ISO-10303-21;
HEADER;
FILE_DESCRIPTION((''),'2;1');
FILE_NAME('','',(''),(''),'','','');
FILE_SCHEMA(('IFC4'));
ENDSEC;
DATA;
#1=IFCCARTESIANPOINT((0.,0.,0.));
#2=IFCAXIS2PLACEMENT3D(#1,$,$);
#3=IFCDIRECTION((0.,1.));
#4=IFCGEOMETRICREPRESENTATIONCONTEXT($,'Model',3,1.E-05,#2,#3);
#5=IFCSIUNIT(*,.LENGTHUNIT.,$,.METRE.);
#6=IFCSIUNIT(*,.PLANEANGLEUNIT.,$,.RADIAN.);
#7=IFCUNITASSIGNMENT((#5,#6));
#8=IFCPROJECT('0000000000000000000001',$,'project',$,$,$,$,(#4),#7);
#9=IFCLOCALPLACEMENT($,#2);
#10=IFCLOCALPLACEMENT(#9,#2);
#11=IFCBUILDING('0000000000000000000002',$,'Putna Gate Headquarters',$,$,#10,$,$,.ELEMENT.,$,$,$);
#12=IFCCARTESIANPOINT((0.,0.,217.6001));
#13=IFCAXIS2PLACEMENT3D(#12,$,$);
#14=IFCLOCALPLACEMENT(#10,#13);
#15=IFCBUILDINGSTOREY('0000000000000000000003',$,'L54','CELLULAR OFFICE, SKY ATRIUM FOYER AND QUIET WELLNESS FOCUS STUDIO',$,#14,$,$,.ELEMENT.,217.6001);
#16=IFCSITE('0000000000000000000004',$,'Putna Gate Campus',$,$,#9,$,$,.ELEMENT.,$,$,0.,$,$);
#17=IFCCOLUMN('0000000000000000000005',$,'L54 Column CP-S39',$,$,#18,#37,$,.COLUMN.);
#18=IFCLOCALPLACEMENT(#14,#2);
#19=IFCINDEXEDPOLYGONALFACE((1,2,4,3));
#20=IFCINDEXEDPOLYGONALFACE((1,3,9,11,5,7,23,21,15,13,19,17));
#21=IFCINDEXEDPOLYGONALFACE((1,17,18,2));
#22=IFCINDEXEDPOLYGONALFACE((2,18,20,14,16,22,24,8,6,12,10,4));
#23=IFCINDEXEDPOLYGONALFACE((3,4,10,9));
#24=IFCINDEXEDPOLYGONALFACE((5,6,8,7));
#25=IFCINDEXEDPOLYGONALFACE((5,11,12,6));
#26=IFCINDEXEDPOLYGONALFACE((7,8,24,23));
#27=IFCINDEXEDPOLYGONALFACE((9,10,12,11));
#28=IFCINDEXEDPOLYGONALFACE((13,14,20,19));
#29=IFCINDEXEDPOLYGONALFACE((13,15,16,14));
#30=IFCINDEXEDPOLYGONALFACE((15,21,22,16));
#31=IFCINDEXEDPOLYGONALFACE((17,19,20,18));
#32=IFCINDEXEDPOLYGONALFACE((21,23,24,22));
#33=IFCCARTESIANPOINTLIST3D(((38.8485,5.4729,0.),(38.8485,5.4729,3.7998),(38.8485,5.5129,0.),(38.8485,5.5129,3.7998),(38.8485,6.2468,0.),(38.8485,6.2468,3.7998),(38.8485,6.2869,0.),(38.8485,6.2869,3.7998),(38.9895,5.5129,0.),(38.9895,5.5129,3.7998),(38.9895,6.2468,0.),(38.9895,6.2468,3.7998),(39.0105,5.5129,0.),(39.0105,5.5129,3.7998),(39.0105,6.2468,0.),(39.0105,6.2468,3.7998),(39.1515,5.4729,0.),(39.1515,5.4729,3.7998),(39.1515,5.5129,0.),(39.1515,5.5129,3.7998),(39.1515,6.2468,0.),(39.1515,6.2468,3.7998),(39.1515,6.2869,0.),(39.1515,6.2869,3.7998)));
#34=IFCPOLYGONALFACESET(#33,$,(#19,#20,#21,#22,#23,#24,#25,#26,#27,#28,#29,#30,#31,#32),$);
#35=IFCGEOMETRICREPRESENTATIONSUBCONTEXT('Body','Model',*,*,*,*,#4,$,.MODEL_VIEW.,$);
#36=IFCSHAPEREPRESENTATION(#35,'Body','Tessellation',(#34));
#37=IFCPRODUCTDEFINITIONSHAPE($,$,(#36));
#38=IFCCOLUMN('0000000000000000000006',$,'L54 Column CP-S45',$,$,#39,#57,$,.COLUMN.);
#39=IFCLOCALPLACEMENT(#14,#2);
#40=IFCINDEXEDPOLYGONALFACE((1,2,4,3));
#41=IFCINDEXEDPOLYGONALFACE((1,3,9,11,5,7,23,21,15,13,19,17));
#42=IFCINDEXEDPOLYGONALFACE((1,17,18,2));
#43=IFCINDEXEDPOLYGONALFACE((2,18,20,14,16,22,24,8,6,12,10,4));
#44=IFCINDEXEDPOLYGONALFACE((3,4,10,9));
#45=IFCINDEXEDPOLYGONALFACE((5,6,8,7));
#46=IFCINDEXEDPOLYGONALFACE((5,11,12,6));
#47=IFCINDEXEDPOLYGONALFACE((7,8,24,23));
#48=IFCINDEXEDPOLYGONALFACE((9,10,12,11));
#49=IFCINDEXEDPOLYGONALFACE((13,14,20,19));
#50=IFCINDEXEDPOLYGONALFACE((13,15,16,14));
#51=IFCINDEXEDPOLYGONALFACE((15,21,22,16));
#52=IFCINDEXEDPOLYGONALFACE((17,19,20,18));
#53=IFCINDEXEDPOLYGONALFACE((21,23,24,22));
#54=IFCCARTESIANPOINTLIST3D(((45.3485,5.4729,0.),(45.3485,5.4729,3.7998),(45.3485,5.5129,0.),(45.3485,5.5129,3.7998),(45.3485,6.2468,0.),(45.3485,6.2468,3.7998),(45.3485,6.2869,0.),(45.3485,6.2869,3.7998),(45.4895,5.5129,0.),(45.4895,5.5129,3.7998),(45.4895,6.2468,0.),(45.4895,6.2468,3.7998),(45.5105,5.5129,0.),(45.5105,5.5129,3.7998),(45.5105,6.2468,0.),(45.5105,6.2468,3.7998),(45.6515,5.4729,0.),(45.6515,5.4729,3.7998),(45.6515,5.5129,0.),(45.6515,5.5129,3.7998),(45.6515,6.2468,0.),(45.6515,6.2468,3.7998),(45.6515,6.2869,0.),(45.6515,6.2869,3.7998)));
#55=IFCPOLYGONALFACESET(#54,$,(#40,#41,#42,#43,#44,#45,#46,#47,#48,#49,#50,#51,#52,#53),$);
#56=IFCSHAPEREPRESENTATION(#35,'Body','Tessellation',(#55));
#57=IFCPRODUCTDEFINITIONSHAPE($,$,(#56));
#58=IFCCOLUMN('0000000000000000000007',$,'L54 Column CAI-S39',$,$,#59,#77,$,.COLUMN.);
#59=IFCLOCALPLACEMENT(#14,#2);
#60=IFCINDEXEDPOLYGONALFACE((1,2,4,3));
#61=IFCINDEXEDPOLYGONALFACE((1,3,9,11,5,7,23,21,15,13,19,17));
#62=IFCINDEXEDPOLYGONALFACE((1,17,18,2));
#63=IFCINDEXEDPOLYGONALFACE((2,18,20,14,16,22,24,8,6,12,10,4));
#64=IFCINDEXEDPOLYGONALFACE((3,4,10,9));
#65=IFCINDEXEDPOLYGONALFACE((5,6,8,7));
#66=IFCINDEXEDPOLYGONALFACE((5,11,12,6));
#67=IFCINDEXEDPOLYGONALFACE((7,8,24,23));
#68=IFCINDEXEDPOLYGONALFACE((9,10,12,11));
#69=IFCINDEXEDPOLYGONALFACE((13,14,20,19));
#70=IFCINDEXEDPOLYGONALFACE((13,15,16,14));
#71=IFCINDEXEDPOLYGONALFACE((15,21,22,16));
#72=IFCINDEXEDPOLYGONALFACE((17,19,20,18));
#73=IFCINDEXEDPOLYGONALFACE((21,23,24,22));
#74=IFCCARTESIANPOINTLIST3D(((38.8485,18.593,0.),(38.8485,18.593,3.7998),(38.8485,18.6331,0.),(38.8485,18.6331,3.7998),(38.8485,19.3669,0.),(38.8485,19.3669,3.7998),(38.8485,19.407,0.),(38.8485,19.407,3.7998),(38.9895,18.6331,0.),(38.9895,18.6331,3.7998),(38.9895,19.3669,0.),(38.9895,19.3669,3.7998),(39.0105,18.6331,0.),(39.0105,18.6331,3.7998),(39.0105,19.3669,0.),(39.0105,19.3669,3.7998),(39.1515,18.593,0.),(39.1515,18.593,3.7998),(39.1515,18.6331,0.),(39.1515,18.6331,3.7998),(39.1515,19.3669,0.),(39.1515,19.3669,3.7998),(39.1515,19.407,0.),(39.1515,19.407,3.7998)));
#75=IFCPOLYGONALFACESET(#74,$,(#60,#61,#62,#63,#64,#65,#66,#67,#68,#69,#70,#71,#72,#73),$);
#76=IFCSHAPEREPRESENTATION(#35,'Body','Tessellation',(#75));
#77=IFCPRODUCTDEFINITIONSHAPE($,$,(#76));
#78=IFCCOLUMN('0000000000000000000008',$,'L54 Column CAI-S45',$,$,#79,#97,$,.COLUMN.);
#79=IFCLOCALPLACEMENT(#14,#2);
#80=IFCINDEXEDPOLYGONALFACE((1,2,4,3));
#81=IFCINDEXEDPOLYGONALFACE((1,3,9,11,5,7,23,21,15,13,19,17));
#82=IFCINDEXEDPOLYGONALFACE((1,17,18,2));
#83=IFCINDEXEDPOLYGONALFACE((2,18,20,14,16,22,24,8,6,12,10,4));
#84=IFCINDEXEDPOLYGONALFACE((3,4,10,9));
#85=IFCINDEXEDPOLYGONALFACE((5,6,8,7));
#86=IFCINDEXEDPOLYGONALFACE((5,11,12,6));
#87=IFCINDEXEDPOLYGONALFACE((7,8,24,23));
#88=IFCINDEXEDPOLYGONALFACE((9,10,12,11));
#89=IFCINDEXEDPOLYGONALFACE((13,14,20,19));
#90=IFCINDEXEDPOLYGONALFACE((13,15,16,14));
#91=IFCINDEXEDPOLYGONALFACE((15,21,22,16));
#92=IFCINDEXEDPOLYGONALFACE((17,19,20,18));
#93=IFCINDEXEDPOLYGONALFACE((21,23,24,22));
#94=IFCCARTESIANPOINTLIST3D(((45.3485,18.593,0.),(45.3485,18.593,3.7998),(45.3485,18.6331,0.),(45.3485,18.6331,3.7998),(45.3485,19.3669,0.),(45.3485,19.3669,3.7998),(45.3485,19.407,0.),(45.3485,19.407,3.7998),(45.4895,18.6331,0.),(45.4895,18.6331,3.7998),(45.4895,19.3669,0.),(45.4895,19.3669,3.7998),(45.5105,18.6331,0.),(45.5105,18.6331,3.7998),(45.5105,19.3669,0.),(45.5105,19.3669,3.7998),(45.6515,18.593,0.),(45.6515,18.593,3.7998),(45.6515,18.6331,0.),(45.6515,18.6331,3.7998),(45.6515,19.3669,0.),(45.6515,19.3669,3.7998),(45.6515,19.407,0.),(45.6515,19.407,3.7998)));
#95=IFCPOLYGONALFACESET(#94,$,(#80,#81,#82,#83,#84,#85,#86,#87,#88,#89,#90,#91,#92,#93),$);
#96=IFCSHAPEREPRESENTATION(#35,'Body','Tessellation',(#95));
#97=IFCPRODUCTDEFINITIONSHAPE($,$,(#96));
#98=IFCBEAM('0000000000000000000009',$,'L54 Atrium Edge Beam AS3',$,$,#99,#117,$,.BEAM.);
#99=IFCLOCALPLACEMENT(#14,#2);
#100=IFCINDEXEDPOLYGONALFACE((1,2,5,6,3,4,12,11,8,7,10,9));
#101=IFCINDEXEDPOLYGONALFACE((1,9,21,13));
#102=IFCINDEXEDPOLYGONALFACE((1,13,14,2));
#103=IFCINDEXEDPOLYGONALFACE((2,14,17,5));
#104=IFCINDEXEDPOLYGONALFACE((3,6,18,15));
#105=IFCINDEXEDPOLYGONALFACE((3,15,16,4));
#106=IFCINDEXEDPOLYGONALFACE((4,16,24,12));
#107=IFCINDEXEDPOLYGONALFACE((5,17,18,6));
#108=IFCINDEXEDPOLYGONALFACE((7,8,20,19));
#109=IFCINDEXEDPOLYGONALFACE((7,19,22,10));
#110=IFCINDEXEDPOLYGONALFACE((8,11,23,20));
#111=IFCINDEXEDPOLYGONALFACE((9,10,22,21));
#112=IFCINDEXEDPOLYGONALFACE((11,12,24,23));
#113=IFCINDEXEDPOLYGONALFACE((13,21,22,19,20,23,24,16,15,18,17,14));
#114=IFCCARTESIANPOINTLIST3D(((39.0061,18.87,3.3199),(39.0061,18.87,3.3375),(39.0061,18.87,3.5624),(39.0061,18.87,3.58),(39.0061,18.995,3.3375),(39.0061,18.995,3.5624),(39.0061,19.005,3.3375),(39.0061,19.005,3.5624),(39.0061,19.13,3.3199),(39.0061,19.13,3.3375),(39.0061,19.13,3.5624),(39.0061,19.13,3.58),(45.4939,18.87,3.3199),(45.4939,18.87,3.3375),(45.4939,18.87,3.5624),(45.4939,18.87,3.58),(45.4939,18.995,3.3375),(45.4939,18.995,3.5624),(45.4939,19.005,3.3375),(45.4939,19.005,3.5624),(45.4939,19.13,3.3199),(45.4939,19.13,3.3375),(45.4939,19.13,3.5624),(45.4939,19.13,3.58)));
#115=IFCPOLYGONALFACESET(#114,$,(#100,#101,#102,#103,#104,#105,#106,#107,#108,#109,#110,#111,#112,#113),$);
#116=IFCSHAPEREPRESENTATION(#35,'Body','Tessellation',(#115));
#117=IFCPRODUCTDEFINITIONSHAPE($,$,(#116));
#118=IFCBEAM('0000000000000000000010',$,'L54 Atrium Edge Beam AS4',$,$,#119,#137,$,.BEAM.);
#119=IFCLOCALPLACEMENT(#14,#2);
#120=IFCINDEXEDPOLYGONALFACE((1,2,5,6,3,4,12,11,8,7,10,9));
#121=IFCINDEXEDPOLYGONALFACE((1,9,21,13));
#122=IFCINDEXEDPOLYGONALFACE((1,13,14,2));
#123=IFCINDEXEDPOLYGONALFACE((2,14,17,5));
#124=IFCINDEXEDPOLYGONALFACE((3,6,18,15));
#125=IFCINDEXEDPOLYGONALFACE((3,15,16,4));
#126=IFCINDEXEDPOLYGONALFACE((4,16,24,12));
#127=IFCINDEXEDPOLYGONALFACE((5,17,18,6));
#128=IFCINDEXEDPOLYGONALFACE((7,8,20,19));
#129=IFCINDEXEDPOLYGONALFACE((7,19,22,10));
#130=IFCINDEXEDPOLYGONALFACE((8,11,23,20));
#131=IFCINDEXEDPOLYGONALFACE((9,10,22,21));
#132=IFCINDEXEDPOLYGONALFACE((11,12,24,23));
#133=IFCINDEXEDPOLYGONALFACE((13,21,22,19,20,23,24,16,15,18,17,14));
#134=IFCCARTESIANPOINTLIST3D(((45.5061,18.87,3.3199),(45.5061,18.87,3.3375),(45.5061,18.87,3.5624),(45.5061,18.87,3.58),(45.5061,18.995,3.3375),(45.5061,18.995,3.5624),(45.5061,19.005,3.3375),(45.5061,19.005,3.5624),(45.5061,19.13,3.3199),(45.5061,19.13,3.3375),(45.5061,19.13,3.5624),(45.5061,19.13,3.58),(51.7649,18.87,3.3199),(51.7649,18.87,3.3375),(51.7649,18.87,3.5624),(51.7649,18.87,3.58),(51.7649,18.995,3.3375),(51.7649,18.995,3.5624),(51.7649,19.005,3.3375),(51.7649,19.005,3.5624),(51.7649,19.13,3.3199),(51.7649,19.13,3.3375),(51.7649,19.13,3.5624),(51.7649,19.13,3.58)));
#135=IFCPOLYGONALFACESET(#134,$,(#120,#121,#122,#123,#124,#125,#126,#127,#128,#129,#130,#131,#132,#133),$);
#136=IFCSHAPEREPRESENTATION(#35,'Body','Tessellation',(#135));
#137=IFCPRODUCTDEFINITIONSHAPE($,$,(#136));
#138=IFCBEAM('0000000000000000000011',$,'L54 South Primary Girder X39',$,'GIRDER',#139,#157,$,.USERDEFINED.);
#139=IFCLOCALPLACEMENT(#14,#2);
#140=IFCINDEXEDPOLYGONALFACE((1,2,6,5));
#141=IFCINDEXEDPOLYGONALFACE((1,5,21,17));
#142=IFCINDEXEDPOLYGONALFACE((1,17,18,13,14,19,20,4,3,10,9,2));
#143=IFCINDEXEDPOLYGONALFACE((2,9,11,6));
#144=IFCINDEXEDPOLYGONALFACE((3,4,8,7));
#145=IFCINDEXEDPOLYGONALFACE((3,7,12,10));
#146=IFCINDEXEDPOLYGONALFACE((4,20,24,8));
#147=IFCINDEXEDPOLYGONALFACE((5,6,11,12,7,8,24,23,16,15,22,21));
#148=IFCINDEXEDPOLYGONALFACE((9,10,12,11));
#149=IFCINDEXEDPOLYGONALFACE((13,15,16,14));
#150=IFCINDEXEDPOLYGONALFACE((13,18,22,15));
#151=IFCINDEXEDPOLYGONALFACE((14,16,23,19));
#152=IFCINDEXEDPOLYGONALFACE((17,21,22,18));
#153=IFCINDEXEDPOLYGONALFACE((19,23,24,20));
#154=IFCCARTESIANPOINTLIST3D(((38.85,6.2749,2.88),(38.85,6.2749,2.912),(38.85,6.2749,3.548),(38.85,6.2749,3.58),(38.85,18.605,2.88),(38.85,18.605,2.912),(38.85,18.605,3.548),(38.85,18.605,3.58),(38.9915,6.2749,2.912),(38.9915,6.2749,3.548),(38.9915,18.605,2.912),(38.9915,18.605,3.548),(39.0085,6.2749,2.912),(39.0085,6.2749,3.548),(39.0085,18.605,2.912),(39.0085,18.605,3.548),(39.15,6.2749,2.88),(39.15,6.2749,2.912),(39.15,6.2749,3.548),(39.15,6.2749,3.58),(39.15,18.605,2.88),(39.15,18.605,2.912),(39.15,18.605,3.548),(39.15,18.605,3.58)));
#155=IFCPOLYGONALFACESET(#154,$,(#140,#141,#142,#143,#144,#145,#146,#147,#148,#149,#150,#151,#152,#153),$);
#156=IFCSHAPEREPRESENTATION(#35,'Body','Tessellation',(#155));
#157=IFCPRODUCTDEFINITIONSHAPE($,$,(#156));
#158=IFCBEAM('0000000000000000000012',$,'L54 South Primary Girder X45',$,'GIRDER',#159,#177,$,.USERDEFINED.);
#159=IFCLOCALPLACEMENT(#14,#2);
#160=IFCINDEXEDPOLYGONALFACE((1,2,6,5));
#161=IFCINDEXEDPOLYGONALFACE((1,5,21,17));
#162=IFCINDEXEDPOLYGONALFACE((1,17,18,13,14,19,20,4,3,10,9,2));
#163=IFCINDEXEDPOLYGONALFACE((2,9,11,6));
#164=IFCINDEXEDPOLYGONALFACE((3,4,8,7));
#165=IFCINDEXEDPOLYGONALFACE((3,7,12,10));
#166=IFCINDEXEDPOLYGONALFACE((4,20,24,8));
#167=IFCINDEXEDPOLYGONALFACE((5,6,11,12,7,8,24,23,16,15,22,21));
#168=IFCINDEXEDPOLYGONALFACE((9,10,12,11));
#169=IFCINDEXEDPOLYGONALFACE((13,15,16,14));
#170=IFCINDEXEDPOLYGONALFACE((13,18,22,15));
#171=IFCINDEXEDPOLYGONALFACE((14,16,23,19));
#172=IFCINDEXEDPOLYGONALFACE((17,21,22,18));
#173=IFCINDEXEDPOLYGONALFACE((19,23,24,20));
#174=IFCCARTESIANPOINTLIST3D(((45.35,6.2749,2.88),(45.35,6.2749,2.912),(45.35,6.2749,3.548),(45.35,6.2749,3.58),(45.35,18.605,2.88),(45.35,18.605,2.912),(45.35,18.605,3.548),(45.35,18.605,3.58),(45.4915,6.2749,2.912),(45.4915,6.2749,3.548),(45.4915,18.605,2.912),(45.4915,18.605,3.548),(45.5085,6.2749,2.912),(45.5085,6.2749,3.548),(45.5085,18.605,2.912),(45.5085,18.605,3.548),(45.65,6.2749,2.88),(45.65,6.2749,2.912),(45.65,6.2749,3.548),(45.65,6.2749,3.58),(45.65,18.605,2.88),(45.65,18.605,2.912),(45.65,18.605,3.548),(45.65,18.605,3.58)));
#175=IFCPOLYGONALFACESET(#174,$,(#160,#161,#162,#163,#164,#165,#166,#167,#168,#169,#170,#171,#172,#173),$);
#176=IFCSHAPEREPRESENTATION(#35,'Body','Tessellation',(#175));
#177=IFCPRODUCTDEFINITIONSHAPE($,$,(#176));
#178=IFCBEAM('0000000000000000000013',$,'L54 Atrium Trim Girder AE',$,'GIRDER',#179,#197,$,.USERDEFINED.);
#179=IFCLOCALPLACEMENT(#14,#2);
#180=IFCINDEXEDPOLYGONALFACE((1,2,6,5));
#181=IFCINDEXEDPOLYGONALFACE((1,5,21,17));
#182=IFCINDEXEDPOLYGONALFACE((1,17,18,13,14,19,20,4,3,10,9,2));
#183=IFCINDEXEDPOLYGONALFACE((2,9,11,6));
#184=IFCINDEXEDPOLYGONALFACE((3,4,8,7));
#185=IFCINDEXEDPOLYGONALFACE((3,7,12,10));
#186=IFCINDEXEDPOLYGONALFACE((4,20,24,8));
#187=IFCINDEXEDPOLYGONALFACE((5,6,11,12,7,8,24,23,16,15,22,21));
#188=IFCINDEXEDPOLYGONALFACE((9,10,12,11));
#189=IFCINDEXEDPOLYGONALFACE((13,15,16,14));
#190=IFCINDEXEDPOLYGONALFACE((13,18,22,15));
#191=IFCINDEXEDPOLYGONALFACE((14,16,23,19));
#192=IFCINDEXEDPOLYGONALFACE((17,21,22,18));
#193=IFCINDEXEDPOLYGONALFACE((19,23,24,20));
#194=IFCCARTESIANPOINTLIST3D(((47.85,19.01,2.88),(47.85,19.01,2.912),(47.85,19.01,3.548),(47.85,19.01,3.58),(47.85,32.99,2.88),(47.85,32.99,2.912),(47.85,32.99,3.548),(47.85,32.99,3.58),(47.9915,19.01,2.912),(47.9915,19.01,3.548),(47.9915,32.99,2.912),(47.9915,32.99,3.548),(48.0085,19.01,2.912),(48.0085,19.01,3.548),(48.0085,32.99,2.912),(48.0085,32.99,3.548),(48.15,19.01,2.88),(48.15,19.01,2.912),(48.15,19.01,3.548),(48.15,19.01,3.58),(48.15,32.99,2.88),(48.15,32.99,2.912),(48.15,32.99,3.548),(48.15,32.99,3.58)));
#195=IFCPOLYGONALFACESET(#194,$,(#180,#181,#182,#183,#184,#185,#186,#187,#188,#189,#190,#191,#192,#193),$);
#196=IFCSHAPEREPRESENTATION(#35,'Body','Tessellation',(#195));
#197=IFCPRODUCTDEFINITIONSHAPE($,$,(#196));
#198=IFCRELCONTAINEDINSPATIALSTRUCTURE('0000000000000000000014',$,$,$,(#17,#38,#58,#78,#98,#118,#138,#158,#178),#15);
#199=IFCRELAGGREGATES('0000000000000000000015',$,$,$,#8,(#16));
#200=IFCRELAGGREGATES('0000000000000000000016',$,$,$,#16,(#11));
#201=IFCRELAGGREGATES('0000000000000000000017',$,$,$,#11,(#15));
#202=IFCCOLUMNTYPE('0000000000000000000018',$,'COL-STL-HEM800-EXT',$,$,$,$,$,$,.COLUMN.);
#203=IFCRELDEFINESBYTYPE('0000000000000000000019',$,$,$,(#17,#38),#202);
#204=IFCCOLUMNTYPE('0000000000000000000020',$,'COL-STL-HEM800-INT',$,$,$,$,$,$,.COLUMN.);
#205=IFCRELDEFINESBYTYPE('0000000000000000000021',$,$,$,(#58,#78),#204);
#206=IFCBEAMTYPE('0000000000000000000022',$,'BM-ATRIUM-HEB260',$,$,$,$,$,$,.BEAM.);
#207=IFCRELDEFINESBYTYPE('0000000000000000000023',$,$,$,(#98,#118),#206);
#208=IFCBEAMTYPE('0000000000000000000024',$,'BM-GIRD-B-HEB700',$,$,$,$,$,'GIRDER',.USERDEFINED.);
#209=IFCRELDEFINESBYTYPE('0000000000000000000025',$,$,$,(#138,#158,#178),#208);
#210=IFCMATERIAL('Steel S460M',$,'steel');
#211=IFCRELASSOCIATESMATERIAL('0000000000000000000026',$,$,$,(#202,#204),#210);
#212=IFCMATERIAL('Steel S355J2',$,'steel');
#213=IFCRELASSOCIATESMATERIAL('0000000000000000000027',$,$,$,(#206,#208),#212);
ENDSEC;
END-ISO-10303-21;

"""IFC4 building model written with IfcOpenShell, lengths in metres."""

from ifc_helpers import new_model, si_unit, direction, frame, origin, origin_2d, place, context, subcontext, project, spatial, i_section, extrude, material, material_profile, profile_set, type_object, element, save


model = new_model("IFC4")

# Units and contexts
model_context = context("Model", 3, precision=1e-05, world=origin(), true_north=direction((0.0, 1.0)))
body_context = subcontext(model_context, "Body", "Model", "MODEL_VIEW")
ifc_project = project(units=[si_unit("LENGTHUNIT", "METRE"), si_unit("PLANEANGLEUNIT", "RADIAN")], contexts=[model_context])

# Site, building, storey
site_placement = place(None, origin())
site = spatial("IfcSite", under=ifc_project, at=site_placement, Name="Putna Gate Campus", CompositionType="ELEMENT", RefElevation=0.0)
building_placement = place(site_placement, origin())
building = spatial("IfcBuilding", under=site, at=building_placement, Name="Putna Gate Headquarters", CompositionType="ELEMENT")
storey_placement = place(building_placement, frame((0.0, 0.0, 217.6001)))
storey = spatial("IfcBuildingStorey", under=building, at=storey_placement, Name="L54", Description="CELLULAR OFFICE, SKY ATRIUM FOYER AND QUIET WELLNESS FOCUS STUDIO", CompositionType="ELEMENT", Elevation=217.6001)

# Columns
ifc_material_1 = material(Name="Steel S460M", Category="steel")
ifc_material_profile_1 = material_profile(ifc_material_1, i_section(OverallWidth=0.303, OverallDepth=0.814, WebThickness=0.021, FlangeThickness=0.04, at=origin_2d()), Name="Steel S460M")
ifc_profile_set_1 = profile_set([ifc_material_profile_1], Name="Steel S460M")
column_type_1 = type_object("IfcColumnType", Name="COL-STL-HEM800-EXT", PredefinedType="COLUMN", material=ifc_profile_set_1)
for number, where, z_axis, x_axis, name in (
    (1, (39.0, 5.8799, 0.0), (0.0, 0.0, 1.0), (1.0, 0.0, 0.0), "L54 Column CP-S39"),
    (2, (45.5, 5.8799, 0.0), (0.0, 0.0, 1.0), (1.0, 0.0, 0.0), "L54 Column CP-S45"),
):
    element("IfcColumn", number, at=place(storey_placement, frame(where, z_axis=z_axis, x_axis=x_axis)), inside=storey, type_object=column_type_1, Name=name, PredefinedType="COLUMN", context=body_context, shape_type="SweptSolid", body=[
        extrude(i_section(OverallWidth=0.303, OverallDepth=0.814, WebThickness=0.021, FlangeThickness=0.04, at=origin_2d()), origin(), (0.0, 0.0, 1.0), 3.7998),
    ])
ifc_material_profile_2 = material_profile(ifc_material_1, i_section(OverallWidth=0.303, OverallDepth=0.814, WebThickness=0.021, FlangeThickness=0.04, at=origin_2d()), Name="Steel S460M")
ifc_profile_set_2 = profile_set([ifc_material_profile_2], Name="Steel S460M")
column_type_2 = type_object("IfcColumnType", Name="COL-STL-HEM800-INT", PredefinedType="COLUMN", material=ifc_profile_set_2)
for number, where, z_axis, x_axis, name in (
    (3, (39.0, 19.0, 0.0), (0.0, 0.0, 1.0), (1.0, 0.0, 0.0), "L54 Column CAI-S39"),
    (4, (45.5, 19.0, 0.0), (0.0, 0.0, 1.0), (1.0, 0.0, 0.0), "L54 Column CAI-S45"),
):
    element("IfcColumn", number, at=place(storey_placement, frame(where, z_axis=z_axis, x_axis=x_axis)), inside=storey, type_object=column_type_2, Name=name, PredefinedType="COLUMN", context=body_context, shape_type="SweptSolid", body=[
        extrude(i_section(OverallWidth=0.303, OverallDepth=0.814, WebThickness=0.021, FlangeThickness=0.04, at=origin_2d()), origin(), (0.0, 0.0, 1.0), 3.7998),
    ])

# Beams
ifc_material_2 = material(Name="Steel S355J2", Category="steel")
ifc_material_profile_3 = material_profile(ifc_material_2, i_section(OverallWidth=0.26, OverallDepth=0.26, WebThickness=0.01, FlangeThickness=0.0176, at=origin_2d()), Name="Steel S355J2")
ifc_profile_set_3 = profile_set([ifc_material_profile_3], Name="Steel S355J2")
beam_type_1 = type_object("IfcBeamType", Name="BM-ATRIUM-HEB260", PredefinedType="BEAM", material=ifc_profile_set_3)
beam_1_placement = place(storey_placement, frame((39.0061, 19.0, 3.45), z_axis=(1.0, 0.0, 0.0), x_axis=(0.0, 1.0, 0.0)))
element("IfcBeam", 5, at=beam_1_placement, inside=storey, type_object=beam_type_1, Name="L54 Atrium Edge Beam AS3", PredefinedType="BEAM", context=body_context, shape_type="SweptSolid", body=[
    extrude(i_section(OverallWidth=0.26, OverallDepth=0.26, WebThickness=0.01, FlangeThickness=0.0176, at=origin_2d()), origin(), (0.0, 0.0, 1.0), 6.4878),
])
beam_2_placement = place(storey_placement, frame((45.5061, 19.0, 3.45), z_axis=(1.0, 0.0, 0.0), x_axis=(0.0, 1.0, 0.0)))
element("IfcBeam", 6, at=beam_2_placement, inside=storey, type_object=beam_type_1, Name="L54 Atrium Edge Beam AS4", PredefinedType="BEAM", context=body_context, shape_type="SweptSolid", body=[
    extrude(i_section(OverallWidth=0.26, OverallDepth=0.26, WebThickness=0.01, FlangeThickness=0.0176, at=origin_2d()), origin(), (0.0, 0.0, 1.0), 6.2588),
])
ifc_material_profile_4 = material_profile(ifc_material_2, i_section(OverallWidth=0.3, OverallDepth=0.7, WebThickness=0.0171, FlangeThickness=0.032, at=origin_2d()), Name="Steel S355J2")
ifc_profile_set_4 = profile_set([ifc_material_profile_4], Name="Steel S355J2")
beam_type_2 = type_object("IfcBeamType", Name="BM-GIRD-B-HEB700", ElementType="GIRDER", PredefinedType="USERDEFINED", material=ifc_profile_set_4)
for number, where, z_axis, x_axis, name in (
    (7, (39.0, 6.2749, 3.23), (0.0, 1.0, 0.0), (-1.0, 0.0, 0.0), "L54 South Primary Girder X39"),
    (8, (45.5, 6.2749, 3.23), (0.0, 1.0, 0.0), (-1.0, 0.0, 0.0), "L54 South Primary Girder X45"),
):
    element("IfcBeam", number, at=place(storey_placement, frame(where, z_axis=z_axis, x_axis=x_axis)), inside=storey, type_object=beam_type_2, Name=name, ObjectType="GIRDER", PredefinedType="USERDEFINED", context=body_context, shape_type="SweptSolid", body=[
        extrude(i_section(OverallWidth=0.3, OverallDepth=0.7, WebThickness=0.0171, FlangeThickness=0.032, at=origin_2d()), origin(), (0.0, 0.0, 1.0), 12.3301),
    ])
beam_3_placement = place(storey_placement, frame((48.0, 19.01, 3.23), z_axis=(0.0, 1.0, 0.0), x_axis=(-1.0, 0.0, 0.0)))
element("IfcBeam", 9, at=beam_3_placement, inside=storey, type_object=beam_type_2, Name="L54 Atrium Trim Girder AE", ObjectType="GIRDER", PredefinedType="USERDEFINED", context=body_context, shape_type="SweptSolid", body=[
    extrude(i_section(OverallWidth=0.3, OverallDepth=0.7, WebThickness=0.0171, FlangeThickness=0.032, at=origin_2d()), origin(), (0.0, 0.0, 1.0), 13.98),
])

save(model, "model.ifc")
